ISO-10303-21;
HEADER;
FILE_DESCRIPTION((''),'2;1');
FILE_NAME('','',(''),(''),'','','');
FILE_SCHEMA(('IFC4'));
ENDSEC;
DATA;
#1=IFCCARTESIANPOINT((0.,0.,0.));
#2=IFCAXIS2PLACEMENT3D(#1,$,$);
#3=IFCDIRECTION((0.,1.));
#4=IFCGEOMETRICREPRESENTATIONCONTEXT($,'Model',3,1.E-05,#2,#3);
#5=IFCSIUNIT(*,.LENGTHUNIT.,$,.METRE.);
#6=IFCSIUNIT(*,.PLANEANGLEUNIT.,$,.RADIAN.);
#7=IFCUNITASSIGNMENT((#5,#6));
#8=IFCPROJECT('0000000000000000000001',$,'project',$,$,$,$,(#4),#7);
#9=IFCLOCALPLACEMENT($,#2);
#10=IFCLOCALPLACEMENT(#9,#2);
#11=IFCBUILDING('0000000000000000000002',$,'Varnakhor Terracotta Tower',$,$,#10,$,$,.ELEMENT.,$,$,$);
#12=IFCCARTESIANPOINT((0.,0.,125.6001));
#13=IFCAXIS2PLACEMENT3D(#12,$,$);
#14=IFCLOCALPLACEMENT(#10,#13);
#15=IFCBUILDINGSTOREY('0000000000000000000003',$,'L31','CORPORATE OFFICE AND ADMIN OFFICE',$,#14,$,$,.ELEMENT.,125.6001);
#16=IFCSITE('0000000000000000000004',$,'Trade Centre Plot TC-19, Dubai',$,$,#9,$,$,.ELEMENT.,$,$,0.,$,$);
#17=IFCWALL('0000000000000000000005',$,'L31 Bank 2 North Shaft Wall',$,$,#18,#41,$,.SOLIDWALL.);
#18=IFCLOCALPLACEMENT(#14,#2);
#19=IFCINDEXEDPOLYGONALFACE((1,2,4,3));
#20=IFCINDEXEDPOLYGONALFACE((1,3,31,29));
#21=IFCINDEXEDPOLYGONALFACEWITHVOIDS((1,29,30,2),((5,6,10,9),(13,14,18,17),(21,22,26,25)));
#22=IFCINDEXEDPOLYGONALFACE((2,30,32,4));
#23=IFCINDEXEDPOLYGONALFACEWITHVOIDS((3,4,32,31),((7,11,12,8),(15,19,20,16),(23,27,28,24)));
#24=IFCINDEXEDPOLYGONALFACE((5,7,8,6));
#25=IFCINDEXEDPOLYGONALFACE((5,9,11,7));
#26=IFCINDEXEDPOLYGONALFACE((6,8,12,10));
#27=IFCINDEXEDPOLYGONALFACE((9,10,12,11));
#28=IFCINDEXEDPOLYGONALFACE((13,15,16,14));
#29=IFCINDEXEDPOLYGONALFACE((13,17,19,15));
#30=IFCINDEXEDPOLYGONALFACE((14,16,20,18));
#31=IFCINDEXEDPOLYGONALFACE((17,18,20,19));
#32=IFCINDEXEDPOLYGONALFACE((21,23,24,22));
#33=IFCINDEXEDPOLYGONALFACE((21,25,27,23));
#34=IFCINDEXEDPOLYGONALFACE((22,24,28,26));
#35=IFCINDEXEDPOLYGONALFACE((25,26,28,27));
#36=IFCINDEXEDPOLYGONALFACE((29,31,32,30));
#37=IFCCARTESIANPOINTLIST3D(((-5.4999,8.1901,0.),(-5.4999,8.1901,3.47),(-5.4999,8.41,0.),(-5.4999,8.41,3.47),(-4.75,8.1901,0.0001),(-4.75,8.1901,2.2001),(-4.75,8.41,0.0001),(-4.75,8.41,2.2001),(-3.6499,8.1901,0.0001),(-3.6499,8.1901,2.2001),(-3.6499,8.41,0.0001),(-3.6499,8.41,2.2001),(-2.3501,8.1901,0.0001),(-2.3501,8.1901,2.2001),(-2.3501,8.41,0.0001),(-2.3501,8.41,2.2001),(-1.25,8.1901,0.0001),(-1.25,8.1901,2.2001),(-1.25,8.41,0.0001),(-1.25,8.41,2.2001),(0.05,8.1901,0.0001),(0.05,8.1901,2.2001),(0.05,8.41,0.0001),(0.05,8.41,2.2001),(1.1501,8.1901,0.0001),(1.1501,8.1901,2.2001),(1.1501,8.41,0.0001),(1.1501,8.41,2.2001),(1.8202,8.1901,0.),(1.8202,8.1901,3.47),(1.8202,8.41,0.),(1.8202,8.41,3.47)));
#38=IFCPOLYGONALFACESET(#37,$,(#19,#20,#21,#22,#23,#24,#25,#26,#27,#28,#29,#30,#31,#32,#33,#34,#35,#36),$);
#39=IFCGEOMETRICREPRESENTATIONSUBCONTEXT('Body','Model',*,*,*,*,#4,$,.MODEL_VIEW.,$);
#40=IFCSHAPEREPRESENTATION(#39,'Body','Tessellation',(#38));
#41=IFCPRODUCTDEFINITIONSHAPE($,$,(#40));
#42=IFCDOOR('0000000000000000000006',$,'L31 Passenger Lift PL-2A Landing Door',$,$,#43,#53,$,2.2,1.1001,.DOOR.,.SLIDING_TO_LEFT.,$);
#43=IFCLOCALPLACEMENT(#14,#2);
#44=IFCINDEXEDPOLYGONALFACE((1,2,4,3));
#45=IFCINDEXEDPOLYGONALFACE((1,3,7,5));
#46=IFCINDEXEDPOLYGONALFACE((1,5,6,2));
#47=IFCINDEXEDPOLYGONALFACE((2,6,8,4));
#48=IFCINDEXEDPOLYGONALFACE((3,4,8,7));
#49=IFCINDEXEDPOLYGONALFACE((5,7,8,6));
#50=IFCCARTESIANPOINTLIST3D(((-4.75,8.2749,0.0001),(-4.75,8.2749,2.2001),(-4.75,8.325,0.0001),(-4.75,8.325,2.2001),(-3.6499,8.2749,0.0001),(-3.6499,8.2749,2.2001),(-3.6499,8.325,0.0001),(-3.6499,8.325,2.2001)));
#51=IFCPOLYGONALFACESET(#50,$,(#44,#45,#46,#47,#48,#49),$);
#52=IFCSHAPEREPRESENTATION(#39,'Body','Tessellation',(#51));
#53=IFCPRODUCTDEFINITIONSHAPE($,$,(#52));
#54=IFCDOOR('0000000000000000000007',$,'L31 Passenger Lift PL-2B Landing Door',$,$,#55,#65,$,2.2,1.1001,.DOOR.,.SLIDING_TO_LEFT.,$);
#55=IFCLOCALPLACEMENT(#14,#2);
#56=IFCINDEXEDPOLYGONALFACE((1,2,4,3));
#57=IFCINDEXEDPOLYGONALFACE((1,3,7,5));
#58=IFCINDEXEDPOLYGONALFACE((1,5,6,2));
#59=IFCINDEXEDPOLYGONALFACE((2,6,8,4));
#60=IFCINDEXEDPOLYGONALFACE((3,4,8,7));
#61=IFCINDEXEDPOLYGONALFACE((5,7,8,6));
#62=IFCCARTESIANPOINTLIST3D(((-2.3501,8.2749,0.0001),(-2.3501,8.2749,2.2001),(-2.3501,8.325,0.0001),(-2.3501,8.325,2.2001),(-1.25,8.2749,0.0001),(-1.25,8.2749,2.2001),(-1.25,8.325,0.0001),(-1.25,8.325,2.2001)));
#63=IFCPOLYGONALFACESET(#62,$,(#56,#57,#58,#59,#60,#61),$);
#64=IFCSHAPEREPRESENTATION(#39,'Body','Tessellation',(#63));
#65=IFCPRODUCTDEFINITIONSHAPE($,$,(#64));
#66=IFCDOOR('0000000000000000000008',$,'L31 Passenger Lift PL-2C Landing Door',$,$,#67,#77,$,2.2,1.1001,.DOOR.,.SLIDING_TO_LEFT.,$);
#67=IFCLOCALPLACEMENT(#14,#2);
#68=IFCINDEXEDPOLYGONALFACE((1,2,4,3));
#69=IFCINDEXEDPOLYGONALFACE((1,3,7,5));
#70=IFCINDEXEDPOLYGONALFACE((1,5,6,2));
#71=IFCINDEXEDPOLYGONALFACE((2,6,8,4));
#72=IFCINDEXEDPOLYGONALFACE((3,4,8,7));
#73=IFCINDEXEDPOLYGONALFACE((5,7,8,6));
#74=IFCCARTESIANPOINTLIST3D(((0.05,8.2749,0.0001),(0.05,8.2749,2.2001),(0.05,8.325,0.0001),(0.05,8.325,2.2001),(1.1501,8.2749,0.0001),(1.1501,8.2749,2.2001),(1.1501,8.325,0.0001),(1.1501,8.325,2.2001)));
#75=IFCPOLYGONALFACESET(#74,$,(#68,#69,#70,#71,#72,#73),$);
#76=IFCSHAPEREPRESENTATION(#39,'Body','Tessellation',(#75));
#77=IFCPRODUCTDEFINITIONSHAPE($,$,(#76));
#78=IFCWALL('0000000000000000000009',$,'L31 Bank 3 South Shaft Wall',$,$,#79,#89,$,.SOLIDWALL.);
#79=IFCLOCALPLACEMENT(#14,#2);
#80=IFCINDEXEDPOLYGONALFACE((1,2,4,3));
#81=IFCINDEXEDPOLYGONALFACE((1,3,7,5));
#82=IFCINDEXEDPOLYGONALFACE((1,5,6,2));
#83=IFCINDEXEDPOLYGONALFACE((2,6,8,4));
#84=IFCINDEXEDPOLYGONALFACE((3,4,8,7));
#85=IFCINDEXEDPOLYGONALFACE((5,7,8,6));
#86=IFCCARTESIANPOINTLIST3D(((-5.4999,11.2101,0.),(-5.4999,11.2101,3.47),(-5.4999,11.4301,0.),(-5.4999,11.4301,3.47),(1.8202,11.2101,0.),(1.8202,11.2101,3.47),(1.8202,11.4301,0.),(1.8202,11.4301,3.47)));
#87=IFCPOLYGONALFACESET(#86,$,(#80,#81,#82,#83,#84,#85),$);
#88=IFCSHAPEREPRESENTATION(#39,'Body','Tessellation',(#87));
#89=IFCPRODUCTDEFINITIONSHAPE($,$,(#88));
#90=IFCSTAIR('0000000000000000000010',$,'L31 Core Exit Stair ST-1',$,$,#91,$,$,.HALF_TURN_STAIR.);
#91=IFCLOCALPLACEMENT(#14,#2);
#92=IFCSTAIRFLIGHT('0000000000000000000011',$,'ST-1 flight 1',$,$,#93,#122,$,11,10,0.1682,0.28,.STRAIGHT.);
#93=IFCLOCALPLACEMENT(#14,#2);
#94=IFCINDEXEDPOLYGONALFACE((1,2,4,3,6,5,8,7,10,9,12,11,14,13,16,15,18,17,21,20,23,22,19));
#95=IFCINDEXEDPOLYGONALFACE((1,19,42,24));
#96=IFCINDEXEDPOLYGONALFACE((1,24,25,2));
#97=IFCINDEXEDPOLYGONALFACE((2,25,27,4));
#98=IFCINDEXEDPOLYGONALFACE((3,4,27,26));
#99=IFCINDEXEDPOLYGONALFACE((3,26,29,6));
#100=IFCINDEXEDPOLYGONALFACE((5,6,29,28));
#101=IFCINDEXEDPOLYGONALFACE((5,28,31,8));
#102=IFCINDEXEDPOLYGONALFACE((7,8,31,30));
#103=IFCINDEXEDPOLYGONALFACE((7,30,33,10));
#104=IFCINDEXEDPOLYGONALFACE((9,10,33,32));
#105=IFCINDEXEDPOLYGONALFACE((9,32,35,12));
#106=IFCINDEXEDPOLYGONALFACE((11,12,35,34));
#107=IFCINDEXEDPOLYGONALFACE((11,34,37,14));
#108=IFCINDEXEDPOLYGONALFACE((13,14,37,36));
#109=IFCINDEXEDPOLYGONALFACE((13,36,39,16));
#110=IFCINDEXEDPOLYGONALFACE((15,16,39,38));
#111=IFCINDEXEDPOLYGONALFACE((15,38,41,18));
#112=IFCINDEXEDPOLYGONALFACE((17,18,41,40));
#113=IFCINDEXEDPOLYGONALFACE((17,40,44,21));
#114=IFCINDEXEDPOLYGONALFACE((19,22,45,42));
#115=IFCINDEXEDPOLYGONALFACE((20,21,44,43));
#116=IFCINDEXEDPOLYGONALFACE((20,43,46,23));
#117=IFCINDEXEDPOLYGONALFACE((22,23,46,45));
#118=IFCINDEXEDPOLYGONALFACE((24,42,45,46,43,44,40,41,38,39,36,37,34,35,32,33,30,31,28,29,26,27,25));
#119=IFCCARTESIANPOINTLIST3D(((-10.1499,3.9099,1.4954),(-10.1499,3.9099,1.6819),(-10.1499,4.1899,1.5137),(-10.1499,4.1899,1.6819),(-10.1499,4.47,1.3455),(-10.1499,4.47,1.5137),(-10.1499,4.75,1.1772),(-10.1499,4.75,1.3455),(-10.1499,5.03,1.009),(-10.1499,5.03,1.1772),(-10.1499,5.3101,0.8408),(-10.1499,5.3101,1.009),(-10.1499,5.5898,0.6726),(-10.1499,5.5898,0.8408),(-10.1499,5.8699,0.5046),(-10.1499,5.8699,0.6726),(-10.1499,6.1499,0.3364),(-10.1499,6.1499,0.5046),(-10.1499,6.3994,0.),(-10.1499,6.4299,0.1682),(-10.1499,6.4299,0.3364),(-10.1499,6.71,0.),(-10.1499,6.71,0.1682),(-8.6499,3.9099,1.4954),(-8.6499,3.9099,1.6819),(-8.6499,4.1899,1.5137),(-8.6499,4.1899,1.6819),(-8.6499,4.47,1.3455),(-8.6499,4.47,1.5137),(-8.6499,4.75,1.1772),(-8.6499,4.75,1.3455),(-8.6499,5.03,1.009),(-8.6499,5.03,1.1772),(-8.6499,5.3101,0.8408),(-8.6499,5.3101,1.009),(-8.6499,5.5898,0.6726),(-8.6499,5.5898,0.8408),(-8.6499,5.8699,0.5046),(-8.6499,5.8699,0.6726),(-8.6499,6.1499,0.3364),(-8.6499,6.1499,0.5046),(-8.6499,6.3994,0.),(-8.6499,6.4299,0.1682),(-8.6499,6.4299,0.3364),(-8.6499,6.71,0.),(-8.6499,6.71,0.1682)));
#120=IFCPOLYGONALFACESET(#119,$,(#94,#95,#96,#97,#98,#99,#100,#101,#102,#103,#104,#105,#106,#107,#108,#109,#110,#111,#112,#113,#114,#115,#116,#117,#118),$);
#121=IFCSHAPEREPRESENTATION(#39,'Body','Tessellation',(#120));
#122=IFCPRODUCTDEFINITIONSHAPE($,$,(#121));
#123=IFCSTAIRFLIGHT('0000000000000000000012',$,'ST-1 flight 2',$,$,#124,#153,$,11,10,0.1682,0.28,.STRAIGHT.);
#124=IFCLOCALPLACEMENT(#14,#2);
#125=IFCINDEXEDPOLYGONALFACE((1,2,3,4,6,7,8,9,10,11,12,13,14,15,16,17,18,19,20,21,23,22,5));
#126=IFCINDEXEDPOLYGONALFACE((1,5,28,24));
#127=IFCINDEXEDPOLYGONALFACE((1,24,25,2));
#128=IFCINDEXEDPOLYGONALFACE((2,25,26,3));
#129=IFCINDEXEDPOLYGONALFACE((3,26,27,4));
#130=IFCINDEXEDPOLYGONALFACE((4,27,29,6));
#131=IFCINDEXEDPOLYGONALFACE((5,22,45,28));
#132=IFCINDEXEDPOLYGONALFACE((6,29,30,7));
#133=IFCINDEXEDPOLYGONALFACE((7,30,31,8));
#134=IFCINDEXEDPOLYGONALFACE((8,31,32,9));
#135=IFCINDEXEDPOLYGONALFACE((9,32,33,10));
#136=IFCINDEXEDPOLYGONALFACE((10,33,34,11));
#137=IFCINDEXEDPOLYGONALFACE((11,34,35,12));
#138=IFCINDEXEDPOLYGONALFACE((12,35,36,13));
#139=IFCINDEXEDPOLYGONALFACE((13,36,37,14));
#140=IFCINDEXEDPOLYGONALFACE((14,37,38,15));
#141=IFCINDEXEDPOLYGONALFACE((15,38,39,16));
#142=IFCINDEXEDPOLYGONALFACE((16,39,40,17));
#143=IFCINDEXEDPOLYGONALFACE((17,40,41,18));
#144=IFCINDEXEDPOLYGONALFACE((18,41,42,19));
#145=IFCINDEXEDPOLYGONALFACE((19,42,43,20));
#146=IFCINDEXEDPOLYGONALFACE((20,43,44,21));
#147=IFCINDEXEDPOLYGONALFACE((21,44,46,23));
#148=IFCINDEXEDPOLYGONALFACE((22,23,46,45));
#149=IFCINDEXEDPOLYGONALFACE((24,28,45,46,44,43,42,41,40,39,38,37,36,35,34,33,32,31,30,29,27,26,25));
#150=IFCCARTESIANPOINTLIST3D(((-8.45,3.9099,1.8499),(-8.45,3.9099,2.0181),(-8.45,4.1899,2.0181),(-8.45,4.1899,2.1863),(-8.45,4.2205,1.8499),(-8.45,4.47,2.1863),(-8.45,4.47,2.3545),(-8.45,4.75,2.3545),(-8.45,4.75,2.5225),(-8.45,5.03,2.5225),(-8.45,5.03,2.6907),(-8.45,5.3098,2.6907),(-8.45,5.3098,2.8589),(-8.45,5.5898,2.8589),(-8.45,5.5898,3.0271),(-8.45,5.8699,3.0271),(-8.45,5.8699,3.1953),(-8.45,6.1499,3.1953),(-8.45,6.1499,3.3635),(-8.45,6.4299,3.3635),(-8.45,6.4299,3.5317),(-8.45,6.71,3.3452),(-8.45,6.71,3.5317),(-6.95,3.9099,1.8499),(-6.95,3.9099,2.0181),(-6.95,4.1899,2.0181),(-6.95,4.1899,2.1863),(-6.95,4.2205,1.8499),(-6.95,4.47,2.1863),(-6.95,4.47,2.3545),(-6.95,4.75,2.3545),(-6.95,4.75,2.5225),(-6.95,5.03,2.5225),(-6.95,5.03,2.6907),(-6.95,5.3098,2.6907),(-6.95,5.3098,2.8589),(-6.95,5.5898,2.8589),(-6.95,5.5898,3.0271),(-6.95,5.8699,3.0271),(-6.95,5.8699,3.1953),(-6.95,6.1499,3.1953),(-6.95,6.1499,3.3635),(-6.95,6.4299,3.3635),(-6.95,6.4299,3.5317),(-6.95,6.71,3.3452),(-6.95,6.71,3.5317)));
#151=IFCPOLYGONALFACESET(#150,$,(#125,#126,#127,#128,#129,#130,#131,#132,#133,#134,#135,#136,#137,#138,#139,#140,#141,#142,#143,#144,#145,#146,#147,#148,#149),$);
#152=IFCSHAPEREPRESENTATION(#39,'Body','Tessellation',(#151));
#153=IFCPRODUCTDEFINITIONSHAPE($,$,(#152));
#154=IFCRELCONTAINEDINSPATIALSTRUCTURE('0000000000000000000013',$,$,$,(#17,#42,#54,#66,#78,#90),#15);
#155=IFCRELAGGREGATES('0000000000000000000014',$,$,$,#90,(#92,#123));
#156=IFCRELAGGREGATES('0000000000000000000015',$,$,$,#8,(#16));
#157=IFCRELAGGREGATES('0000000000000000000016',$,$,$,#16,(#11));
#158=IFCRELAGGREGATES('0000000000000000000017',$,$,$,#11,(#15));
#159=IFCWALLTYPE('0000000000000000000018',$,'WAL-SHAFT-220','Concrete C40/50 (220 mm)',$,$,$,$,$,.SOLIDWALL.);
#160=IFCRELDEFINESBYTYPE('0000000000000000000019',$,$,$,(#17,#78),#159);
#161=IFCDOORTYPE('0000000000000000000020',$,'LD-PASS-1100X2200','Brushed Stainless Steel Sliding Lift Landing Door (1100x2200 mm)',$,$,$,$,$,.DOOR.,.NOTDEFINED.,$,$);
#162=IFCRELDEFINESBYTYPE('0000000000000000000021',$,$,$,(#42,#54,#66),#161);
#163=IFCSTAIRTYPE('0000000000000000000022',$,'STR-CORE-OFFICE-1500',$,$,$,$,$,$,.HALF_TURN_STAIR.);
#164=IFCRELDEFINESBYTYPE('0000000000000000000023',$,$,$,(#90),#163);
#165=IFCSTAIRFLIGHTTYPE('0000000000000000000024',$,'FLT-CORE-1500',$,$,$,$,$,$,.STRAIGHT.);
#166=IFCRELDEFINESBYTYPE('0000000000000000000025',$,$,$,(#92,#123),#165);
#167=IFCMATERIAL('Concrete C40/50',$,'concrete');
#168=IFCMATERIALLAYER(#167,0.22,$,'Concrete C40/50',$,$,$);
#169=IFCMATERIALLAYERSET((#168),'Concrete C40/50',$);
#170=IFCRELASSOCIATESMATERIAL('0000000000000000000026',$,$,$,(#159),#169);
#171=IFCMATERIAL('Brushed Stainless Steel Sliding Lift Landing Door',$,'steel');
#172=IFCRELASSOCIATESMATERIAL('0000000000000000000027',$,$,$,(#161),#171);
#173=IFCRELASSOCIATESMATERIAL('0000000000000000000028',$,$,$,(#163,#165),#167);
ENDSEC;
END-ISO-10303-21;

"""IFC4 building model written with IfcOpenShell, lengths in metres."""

from ifc_helpers import new_model, si_unit, direction, frame, frame_2d, origin, place, context, subcontext, project, spatial, polyline, rectangle, outline, extrude, source, transform, mapped, material, layer, layer_set, type_object, type_shapes, element, fill, aggregate, save


model = new_model("IFC4")

# Units and contexts
model_context = context("Model", 3, precision=1e-05, world=origin(), true_north=direction((0.0, 1.0)))
body_context = subcontext(model_context, "Body", "Model", "MODEL_VIEW")
ifc_project = project(units=[si_unit("LENGTHUNIT", "METRE"), si_unit("PLANEANGLEUNIT", "RADIAN")], contexts=[model_context])

# Site, building, storey
site_placement = place(None, origin())
site = spatial("IfcSite", under=ifc_project, at=site_placement, Name="Trade Centre Plot TC-19, Dubai", CompositionType="ELEMENT", RefElevation=0.0)
building_placement = place(site_placement, origin())
building = spatial("IfcBuilding", under=site, at=building_placement, Name="Varnakhor Terracotta Tower", CompositionType="ELEMENT")
storey_placement = place(building_placement, frame((0.0, 0.0, 125.6001)))
storey = spatial("IfcBuildingStorey", under=building, at=storey_placement, Name="L31", Description="CORPORATE OFFICE AND ADMIN OFFICE", CompositionType="ELEMENT", Elevation=125.6001)

# Shared definitions
ifc_material_1 = material(Name="Concrete C40/50", Category="concrete")

# Shared definitions
ifc_layer_1 = layer(ifc_material_1, 0.22, Name="Concrete C40/50")
ifc_layer_set_1 = layer_set([ifc_layer_1], Name="Concrete C40/50")
wall_type_1 = type_object("IfcWallType", Name="WAL-SHAFT-220", Description="Concrete C40/50 (220 mm)", PredefinedType="SOLIDWALL", material=ifc_layer_set_1)

# Wall, openings, doors
wall_1_placement = place(storey_placement, frame((-5.5, 8.3, 0.0), z_axis=(0.0, 0.0, 1.0), x_axis=(1.0, 0.0, 0.0)))
wall_1 = element("IfcWall", 1, at=wall_1_placement, inside=storey, type_object=wall_type_1, Name="L31 Bank 2 North Shaft Wall", PredefinedType="SOLIDWALL", context=body_context, shape_type="SweptSolid", body=[
    extrude(rectangle(XDim=7.3201, YDim=0.22, at=frame_2d((3.6602, 0.0))), origin(), (0.0, 0.0, 1.0), 3.47),
])
opening_1_placement = place(wall_1_placement, frame((0.75, 0.0, 0.0)))
opening_1 = element("IfcOpeningElement", 2, at=opening_1_placement, cuts=wall_1, PredefinedType="OPENING", context=body_context, shape_type="SweptSolid", body=[
    extrude(rectangle(XDim=1.1001, YDim=2.2, at=frame_2d((0.55, 1.1001))), frame((0.0, 0.1201, 0.0), z_axis=(0.0, -1.0, 0.0), x_axis=(1.0, 0.0, 0.0)), (0.0, 0.0, 1.0), 0.24),
])
opening_2_placement = place(wall_1_placement, frame((3.1499, 0.0, 0.0)))
opening_2 = element("IfcOpeningElement", 3, at=opening_2_placement, cuts=wall_1, PredefinedType="OPENING", context=body_context, shape_type="SweptSolid", body=[
    extrude(rectangle(XDim=1.1001, YDim=2.2, at=frame_2d((0.55, 1.1001))), frame((0.0, 0.1201, 0.0), z_axis=(0.0, -1.0, 0.0), x_axis=(1.0, 0.0, 0.0)), (0.0, 0.0, 1.0), 0.24),
])
opening_3_placement = place(wall_1_placement, frame((5.55, 0.0, 0.0)))
opening_3 = element("IfcOpeningElement", 4, at=opening_3_placement, cuts=wall_1, PredefinedType="OPENING", context=body_context, shape_type="SweptSolid", body=[
    extrude(rectangle(XDim=1.1001, YDim=2.2, at=frame_2d((0.55, 1.1001))), frame((0.0, 0.1201, 0.0), z_axis=(0.0, -1.0, 0.0), x_axis=(1.0, 0.0, 0.0)), (0.0, 0.0, 1.0), 0.24),
])
ifc_material_2 = material(Name="Brushed Stainless Steel Sliding Lift Landing Door", Category="steel")
door_type_1 = type_object("IfcDoorType", Name="LD-PASS-1100X2200", Description="Brushed Stainless Steel Sliding Lift Landing Door (1100x2200 mm)", OperationType="NOTDEFINED", PredefinedType="DOOR", material=ifc_material_2)
shared_shape_1 = source(origin(), body_context, "Body", "SweptSolid", [
    extrude(rectangle(XDim=1.1001, YDim=2.2, at=frame_2d((0.55, 1.1001))), frame((0.0, 0.0249, 0.0), z_axis=(0.0, -1.0, 0.0), x_axis=(1.0, 0.0, 0.0)), (0.0, 0.0, 1.0), 0.05),
])
type_shapes(door_type_1, [shared_shape_1])
door_1_placement = place(opening_1_placement, origin())
door_1 = element("IfcDoor", 5, at=door_1_placement, inside=storey, type_object=door_type_1, Name="L31 Passenger Lift PL-2A Landing Door", OperationType="SLIDING_TO_LEFT", OverallHeight=2.2, OverallWidth=1.1001, PredefinedType="DOOR", context=body_context, shape_type="MappedRepresentation", body=[
    mapped(shared_shape_1, transform((0.0, 0.0, 0.0), scale=1.0)),
])
fill(opening_1, door_1)
door_2_placement = place(opening_2_placement, origin())
door_2 = element("IfcDoor", 6, at=door_2_placement, inside=storey, type_object=door_type_1, Name="L31 Passenger Lift PL-2B Landing Door", OperationType="SLIDING_TO_LEFT", OverallHeight=2.2, OverallWidth=1.1001, PredefinedType="DOOR", context=body_context, shape_type="MappedRepresentation", body=[
    mapped(shared_shape_1, transform((0.0, 0.0, 0.0), scale=1.0)),
])
fill(opening_2, door_2)
door_3_placement = place(opening_3_placement, origin())
door_3 = element("IfcDoor", 7, at=door_3_placement, inside=storey, type_object=door_type_1, Name="L31 Passenger Lift PL-2C Landing Door", OperationType="SLIDING_TO_LEFT", OverallHeight=2.2, OverallWidth=1.1001, PredefinedType="DOOR", context=body_context, shape_type="MappedRepresentation", body=[
    mapped(shared_shape_1, transform((0.0, 0.0, 0.0), scale=1.0)),
])
fill(opening_3, door_3)

# Wall
wall_2_placement = place(storey_placement, frame((-5.5, 11.3201, 0.0), z_axis=(0.0, 0.0, 1.0), x_axis=(1.0, 0.0, 0.0)))
element("IfcWall", 8, at=wall_2_placement, inside=storey, type_object=wall_type_1, Name="L31 Bank 3 South Shaft Wall", PredefinedType="SOLIDWALL", context=body_context, shape_type="SweptSolid", body=[
    extrude(rectangle(XDim=7.3201, YDim=0.22, at=frame_2d((3.6602, 0.0))), origin(), (0.0, 0.0, 1.0), 3.47),
])

# Stair, stair flights
stair_type = type_object("IfcStairType", Name="STR-CORE-OFFICE-1500", PredefinedType="HALF_TURN_STAIR", material=ifc_material_1)
stair_placement = place(storey_placement, origin())
stair = element("IfcStair", 9, at=stair_placement, inside=storey, type_object=stair_type, Name="L31 Core Exit Stair ST-1", PredefinedType="HALF_TURN_STAIR")
stair_flight_type = type_object("IfcStairFlightType", Name="FLT-CORE-1500", PredefinedType="STRAIGHT", material=ifc_material_1)
stair_flight_1_placement = place(storey_placement, frame((-9.3999, 6.71, 0.0), z_axis=(0.0, 0.0, 1.0), x_axis=(0.0, -1.0, 0.0)))
stair_flight_1 = element("IfcStairFlight", 10, at=stair_flight_1_placement, type_object=stair_flight_type, Name="ST-1 flight 1", NumberOfRisers=11, NumberOfTreads=10, PredefinedType="STRAIGHT", RiserHeight=0.1682, TreadLength=0.28, context=body_context, shape_type="SweptSolid", body=[
    extrude(outline(polyline([(0.0, 0.0), (0.0, 0.1682), (0.28, 0.1682), (0.28, 0.3364), (0.5601, 0.3364), (0.5601, 0.5046), (0.8401, 0.5046), (0.8401, 0.6726), (1.1201, 0.6726), (1.1201, 0.8408), (1.3999, 0.8408), (1.3999, 1.009), (1.6799, 1.009), (1.6799, 1.1772), (1.96, 1.1772), (1.96, 1.3455), (2.24, 1.3455), (2.24, 1.5137), (2.52, 1.5137), (2.52, 1.6819), (2.8, 1.6819), (2.8, 1.8501), (2.8, 1.4954), (0.3105, 0.0), (0.0, 0.0)])), frame((0.0, 0.75, 0.0), z_axis=(0.0, -1.0, 0.0), x_axis=(1.0, 0.0, 0.0)), (0.0, 0.0, 1.0), 1.5),
])
stair_flight_2_placement = place(storey_placement, frame((-7.7, 3.9099, 1.8499), z_axis=(0.0, 0.0, 1.0), x_axis=(0.0, 1.0, 0.0)))
stair_flight_2 = element("IfcStairFlight", 11, at=stair_flight_2_placement, type_object=stair_flight_type, Name="ST-1 flight 2", NumberOfRisers=11, NumberOfTreads=10, PredefinedType="STRAIGHT", RiserHeight=0.1682, TreadLength=0.28, context=body_context, shape_type="SweptSolid", body=[
    extrude(outline(polyline([(0.0, 0.0), (0.0, 0.1682), (0.28, 0.1682), (0.28, 0.3364), (0.5601, 0.3364), (0.5601, 0.5046), (0.8401, 0.5046), (0.8401, 0.6726), (1.1201, 0.6726), (1.1201, 0.8408), (1.3999, 0.8408), (1.3999, 1.009), (1.6799, 1.009), (1.6799, 1.1772), (1.96, 1.1772), (1.96, 1.3455), (2.24, 1.3455), (2.24, 1.5137), (2.52, 1.5137), (2.52, 1.6819), (2.8, 1.6819), (2.8, 1.8501), (2.8, 1.4954), (0.3105, 0.0), (0.0, 0.0)])), frame((0.0, 0.75, 0.0), z_axis=(0.0, -1.0, 0.0), x_axis=(1.0, 0.0, 0.0)), (0.0, 0.0, 1.0), 1.5),
])
aggregate(stair, [stair_flight_1, stair_flight_2])

save(model, "model.ifc")
